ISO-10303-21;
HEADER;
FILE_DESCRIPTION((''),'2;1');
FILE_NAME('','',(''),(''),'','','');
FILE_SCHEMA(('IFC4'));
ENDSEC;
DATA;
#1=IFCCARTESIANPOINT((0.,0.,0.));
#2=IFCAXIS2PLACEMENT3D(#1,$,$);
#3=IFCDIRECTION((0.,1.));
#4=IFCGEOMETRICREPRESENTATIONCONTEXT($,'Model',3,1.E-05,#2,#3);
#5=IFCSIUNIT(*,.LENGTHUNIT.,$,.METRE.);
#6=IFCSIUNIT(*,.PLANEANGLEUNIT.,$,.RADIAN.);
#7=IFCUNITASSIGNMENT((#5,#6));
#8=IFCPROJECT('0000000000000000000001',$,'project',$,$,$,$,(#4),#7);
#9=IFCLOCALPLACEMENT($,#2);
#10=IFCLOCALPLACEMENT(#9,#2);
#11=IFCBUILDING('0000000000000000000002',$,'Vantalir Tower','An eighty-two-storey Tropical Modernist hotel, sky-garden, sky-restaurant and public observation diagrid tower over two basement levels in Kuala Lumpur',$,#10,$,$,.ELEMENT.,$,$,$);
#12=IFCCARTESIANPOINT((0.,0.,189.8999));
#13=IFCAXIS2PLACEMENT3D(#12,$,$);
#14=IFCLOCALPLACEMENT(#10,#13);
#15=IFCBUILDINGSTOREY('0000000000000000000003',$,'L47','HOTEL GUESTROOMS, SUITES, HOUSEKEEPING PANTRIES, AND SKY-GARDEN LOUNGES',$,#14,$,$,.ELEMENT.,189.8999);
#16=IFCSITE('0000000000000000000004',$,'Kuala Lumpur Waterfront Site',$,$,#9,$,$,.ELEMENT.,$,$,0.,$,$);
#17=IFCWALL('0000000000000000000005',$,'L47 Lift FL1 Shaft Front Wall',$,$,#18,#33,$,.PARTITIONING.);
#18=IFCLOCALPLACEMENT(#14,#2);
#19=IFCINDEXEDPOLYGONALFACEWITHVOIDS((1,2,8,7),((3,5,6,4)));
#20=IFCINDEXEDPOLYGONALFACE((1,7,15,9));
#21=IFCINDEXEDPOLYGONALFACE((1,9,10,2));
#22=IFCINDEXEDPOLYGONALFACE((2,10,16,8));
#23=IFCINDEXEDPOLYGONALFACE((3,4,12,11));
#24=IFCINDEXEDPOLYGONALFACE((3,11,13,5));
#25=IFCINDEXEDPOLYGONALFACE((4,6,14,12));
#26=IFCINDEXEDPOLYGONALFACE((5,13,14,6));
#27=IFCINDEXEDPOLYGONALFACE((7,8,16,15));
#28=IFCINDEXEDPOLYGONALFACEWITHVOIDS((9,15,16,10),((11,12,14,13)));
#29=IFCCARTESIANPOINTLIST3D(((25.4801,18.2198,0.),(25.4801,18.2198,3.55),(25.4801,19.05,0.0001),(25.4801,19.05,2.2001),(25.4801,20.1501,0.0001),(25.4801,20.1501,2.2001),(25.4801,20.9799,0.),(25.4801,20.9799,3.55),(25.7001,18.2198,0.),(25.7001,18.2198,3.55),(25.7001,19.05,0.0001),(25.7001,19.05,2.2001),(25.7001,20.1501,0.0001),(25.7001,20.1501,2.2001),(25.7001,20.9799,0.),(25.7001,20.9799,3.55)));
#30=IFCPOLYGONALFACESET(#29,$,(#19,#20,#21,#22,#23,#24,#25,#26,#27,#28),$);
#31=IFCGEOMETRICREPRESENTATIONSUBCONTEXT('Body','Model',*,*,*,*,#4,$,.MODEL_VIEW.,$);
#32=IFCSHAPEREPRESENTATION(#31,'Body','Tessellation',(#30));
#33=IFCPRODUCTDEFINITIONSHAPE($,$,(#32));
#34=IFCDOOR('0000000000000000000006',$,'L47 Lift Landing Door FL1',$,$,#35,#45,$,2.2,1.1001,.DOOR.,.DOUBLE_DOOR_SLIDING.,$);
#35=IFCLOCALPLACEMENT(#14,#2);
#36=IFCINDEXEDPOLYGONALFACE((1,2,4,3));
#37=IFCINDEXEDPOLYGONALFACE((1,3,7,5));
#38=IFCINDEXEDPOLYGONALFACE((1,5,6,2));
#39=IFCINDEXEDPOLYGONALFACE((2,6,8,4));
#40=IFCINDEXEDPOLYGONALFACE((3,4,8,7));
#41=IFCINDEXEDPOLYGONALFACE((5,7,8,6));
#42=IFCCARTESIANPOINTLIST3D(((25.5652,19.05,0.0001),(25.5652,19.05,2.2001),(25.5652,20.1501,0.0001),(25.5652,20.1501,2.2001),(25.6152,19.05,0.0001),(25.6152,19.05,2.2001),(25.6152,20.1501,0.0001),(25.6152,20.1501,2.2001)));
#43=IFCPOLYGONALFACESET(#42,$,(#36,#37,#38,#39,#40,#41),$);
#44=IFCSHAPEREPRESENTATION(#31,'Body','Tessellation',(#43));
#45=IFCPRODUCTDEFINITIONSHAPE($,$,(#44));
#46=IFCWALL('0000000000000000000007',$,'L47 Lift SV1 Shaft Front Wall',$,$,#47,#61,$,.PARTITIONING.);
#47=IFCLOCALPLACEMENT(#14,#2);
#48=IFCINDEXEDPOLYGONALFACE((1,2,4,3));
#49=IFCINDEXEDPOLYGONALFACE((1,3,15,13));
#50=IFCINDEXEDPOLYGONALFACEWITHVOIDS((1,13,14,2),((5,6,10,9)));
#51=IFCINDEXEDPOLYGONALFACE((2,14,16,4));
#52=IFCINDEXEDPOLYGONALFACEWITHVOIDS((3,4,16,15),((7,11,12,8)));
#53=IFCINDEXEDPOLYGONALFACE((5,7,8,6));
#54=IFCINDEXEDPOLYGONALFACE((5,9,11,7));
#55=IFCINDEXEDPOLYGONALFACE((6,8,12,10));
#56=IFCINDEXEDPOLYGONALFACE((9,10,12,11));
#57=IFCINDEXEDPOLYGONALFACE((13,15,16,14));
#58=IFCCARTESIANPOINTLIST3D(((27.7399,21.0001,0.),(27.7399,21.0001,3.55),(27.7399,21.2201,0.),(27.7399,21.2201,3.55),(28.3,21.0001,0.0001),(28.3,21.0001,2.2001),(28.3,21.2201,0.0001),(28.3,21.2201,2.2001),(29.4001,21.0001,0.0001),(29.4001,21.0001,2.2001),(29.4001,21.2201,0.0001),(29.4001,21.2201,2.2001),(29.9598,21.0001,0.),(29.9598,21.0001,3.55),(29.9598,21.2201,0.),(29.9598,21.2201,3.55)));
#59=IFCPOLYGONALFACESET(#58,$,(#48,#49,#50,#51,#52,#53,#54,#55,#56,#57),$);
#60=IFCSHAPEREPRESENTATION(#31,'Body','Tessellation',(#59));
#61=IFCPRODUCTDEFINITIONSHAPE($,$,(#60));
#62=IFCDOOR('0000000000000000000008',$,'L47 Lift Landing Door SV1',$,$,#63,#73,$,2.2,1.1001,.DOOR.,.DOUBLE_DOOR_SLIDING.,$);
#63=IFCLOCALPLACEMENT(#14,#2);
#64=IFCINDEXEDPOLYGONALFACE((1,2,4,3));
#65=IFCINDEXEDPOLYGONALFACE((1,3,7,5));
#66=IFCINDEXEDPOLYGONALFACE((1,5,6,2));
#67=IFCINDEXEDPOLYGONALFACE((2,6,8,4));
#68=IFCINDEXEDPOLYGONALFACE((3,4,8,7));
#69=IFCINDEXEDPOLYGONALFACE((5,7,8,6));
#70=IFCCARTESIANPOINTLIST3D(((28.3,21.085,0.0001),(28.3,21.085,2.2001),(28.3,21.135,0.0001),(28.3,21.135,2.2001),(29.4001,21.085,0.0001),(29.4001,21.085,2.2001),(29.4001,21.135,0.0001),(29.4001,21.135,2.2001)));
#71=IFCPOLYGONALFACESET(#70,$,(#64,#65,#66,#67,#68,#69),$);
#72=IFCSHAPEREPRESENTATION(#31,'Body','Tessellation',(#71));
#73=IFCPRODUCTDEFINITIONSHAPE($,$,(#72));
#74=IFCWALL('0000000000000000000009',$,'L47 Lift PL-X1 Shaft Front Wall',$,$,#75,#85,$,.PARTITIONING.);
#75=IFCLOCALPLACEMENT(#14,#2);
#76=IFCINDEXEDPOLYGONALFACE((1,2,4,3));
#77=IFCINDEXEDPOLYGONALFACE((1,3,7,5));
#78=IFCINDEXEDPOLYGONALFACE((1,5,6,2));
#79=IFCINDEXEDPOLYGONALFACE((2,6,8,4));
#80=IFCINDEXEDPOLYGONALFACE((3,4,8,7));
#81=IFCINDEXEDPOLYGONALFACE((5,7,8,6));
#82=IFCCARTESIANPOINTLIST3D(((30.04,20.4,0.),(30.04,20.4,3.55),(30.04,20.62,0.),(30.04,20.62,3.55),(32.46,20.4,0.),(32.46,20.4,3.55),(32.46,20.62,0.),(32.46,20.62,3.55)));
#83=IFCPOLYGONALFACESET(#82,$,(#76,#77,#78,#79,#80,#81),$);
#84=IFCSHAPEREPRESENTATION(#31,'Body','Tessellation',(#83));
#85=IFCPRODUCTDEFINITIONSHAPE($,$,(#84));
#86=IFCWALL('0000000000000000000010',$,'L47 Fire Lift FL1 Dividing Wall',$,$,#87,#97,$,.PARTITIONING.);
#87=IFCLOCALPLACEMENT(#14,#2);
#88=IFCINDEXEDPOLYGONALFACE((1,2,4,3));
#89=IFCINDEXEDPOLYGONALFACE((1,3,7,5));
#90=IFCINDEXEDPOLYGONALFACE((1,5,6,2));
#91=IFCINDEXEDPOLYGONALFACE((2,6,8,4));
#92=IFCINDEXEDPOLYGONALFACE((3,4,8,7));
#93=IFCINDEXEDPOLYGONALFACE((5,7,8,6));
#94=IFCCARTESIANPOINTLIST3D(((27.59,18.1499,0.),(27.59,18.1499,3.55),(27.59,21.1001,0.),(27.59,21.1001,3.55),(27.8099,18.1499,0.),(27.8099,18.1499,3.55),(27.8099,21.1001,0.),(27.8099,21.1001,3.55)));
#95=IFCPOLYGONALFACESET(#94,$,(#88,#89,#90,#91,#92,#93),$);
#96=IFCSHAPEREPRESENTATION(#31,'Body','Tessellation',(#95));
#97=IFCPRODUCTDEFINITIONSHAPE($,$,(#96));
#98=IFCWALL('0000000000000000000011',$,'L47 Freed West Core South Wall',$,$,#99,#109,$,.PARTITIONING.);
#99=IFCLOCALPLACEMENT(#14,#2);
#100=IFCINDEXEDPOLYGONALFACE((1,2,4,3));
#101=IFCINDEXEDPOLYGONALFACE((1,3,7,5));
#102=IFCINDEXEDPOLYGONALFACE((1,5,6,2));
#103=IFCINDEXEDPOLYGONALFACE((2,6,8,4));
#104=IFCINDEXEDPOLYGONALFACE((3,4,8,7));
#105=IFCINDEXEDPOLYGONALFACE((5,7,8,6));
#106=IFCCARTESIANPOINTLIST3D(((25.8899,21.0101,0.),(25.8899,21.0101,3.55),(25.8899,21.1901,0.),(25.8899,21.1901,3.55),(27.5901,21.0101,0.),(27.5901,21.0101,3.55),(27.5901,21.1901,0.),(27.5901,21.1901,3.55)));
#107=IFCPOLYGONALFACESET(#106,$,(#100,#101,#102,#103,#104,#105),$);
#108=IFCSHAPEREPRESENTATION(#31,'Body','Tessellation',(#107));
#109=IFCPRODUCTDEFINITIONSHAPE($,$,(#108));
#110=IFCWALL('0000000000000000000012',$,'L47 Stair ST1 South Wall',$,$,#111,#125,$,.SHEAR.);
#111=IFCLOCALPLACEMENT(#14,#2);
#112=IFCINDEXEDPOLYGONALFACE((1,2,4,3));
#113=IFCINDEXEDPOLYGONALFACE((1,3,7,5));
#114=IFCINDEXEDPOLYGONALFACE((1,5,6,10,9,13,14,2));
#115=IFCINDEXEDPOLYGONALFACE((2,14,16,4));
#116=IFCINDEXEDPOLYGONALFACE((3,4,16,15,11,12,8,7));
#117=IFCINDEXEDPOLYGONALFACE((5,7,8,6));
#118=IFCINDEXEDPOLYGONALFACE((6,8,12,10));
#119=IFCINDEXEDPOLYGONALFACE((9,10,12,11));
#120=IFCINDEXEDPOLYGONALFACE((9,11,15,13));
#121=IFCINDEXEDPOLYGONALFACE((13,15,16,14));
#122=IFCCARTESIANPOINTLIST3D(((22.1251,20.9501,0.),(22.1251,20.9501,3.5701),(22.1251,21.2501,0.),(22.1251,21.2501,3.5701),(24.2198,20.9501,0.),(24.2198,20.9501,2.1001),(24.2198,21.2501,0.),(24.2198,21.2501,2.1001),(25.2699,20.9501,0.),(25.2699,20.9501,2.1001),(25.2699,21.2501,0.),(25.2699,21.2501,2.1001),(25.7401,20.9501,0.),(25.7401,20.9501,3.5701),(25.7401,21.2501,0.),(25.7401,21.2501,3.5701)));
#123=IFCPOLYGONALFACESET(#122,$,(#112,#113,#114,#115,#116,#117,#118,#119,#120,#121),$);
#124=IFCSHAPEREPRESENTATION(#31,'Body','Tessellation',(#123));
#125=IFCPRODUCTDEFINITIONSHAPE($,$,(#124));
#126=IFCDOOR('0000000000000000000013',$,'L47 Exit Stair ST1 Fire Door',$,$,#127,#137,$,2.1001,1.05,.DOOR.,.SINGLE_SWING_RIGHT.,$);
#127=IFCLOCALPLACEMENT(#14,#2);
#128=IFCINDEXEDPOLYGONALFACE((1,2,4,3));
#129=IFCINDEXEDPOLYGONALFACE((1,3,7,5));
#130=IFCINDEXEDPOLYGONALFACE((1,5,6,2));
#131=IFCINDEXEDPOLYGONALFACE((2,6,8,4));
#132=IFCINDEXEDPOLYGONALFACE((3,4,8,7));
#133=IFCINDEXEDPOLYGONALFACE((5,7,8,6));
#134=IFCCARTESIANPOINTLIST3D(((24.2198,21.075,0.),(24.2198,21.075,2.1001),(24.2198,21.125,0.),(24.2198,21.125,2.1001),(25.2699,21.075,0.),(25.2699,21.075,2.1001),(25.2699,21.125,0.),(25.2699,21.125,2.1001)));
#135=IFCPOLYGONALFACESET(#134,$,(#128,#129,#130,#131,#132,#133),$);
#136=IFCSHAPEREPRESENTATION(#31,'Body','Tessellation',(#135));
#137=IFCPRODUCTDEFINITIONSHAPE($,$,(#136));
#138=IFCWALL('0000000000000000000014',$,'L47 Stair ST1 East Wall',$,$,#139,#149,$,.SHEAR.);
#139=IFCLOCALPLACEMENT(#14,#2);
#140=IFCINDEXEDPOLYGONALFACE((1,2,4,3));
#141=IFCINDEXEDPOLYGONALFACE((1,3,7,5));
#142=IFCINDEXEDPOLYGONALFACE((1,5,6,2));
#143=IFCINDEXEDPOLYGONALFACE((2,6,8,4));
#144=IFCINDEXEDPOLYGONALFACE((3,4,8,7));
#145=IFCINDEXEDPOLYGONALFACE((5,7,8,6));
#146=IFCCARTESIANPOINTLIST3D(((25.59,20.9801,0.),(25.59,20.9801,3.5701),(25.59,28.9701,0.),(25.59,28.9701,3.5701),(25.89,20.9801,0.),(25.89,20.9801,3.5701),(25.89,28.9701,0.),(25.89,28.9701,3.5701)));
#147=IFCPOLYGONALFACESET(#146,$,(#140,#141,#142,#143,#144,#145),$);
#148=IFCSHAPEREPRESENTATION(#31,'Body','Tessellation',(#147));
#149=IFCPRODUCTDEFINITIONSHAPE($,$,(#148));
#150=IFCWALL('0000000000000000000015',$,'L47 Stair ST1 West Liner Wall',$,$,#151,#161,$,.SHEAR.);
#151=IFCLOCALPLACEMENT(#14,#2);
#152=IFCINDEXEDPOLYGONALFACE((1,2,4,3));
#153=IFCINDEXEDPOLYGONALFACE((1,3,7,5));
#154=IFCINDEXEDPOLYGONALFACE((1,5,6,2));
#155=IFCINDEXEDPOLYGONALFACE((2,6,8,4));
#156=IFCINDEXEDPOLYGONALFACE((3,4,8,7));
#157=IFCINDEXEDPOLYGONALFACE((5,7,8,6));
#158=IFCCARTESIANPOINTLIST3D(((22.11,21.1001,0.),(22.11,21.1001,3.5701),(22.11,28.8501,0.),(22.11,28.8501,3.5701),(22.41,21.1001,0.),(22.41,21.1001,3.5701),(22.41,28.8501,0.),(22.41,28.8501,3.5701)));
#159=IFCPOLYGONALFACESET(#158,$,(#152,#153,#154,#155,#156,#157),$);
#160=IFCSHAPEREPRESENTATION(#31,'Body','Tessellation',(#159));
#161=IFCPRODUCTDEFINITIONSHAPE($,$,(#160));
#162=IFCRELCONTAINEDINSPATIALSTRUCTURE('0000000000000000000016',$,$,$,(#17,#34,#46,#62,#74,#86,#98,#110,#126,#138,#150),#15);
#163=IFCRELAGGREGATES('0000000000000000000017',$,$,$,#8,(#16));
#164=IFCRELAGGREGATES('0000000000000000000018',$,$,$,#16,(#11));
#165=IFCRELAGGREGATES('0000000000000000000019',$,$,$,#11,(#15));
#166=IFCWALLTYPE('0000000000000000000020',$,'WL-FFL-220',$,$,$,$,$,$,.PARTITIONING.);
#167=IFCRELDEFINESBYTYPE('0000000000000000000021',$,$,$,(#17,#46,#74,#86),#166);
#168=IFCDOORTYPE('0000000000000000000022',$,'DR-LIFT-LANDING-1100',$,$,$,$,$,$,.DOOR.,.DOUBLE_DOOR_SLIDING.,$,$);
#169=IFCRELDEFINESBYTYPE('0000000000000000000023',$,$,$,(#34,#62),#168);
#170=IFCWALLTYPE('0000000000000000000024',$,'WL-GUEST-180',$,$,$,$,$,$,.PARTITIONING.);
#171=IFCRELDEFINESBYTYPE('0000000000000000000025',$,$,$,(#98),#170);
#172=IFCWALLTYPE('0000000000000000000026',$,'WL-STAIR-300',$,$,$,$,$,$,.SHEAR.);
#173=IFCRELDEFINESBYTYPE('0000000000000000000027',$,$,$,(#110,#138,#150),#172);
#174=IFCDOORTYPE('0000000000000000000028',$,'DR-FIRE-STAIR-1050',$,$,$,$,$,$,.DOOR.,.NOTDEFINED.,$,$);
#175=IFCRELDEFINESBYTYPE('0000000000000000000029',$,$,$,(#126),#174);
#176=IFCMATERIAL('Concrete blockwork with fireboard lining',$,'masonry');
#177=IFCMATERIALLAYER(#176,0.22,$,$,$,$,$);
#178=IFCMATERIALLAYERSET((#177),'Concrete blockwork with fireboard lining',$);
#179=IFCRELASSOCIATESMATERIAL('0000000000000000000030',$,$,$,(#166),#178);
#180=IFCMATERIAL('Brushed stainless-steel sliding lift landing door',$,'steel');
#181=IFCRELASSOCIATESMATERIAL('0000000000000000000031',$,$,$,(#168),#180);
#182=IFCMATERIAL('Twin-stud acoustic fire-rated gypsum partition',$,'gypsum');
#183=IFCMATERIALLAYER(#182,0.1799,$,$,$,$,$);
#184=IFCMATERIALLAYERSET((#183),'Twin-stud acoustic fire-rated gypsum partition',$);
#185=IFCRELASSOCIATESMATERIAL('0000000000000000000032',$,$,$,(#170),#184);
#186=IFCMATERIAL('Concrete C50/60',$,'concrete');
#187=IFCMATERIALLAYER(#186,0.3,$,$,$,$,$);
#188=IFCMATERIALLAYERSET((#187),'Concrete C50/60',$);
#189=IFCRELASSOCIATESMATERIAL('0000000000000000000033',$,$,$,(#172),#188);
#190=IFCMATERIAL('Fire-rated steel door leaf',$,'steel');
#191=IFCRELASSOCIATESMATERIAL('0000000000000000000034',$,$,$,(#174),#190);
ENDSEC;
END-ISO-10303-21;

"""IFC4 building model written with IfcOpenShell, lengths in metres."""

from ifc_helpers import new_model, si_unit, direction, frame, frame_2d, origin, place, context, subcontext, project, spatial, rectangle, extrude, material, layer, layer_set, type_object, element, fill, save


model = new_model("IFC4")

# Units and contexts
model_context = context("Model", 3, precision=1e-05, world=origin(), true_north=direction((0.0, 1.0)))
body_context = subcontext(model_context, "Body", "Model", "MODEL_VIEW")
ifc_project = project(units=[si_unit("LENGTHUNIT", "METRE"), si_unit("PLANEANGLEUNIT", "RADIAN")], contexts=[model_context])

# Site, building, storey
site_placement = place(None, origin())
site = spatial("IfcSite", under=ifc_project, at=site_placement, Name="Kuala Lumpur Waterfront Site", CompositionType="ELEMENT", RefElevation=0.0)
building_placement = place(site_placement, origin())
building = spatial("IfcBuilding", under=site, at=building_placement, Name="Vantalir Tower", Description="An eighty-two-storey Tropical Modernist hotel, sky-garden, sky-restaurant and public observation diagrid tower over two basement levels in Kuala Lumpur", CompositionType="ELEMENT")
storey_placement = place(building_placement, frame((0.0, 0.0, 189.8999)))
storey = spatial("IfcBuildingStorey", under=building, at=storey_placement, Name="L47", Description="HOTEL GUESTROOMS, SUITES, HOUSEKEEPING PANTRIES, AND SKY-GARDEN LOUNGES", CompositionType="ELEMENT", Elevation=189.8999)

# Shared definitions
ifc_material_1 = material(Name="Concrete C50/60", Category="concrete")

# Shared definitions
ifc_material_2 = material(Name="Concrete blockwork with fireboard lining", Category="masonry")
ifc_layer_1 = layer(ifc_material_2, 0.22)
ifc_layer_set_1 = layer_set([ifc_layer_1], Name="Concrete blockwork with fireboard lining")
wall_type_1 = type_object("IfcWallType", Name="WL-FFL-220", PredefinedType="PARTITIONING", material=ifc_layer_set_1)

# Walls, openings, doors
wall_1_placement = place(storey_placement, frame((25.5901, 18.22, 0.0), z_axis=(0.0, 0.0, 1.0), x_axis=(0.0, 1.0, 0.0)))
wall_1 = element("IfcWall", 1, at=wall_1_placement, inside=storey, type_object=wall_type_1, Name="L47 Lift FL1 Shaft Front Wall", PredefinedType="PARTITIONING", context=body_context, shape_type="SweptSolid", body=[
    extrude(rectangle(XDim=2.76, YDim=0.22, at=frame_2d((1.3799, 0.0))), origin(), (0.0, 0.0, 1.0), 3.55),
])
opening_1_placement = place(wall_1_placement, frame((0.8301, 0.0, 0.0)))
opening_1 = element("IfcOpeningElement", 2, at=opening_1_placement, cuts=wall_1, PredefinedType="OPENING", context=body_context, shape_type="SweptSolid", body=[
    extrude(rectangle(XDim=1.1001, YDim=2.2, at=frame_2d((0.55, 1.1001))), frame((0.0, 0.1199, 0.0), z_axis=(0.0, -1.0, 0.0), x_axis=(1.0, 0.0, 0.0)), (0.0, 0.0, 1.0), 0.24),
])
ifc_material_3 = material(Name="Brushed stainless-steel sliding lift landing door", Category="steel")
door_type_1 = type_object("IfcDoorType", Name="DR-LIFT-LANDING-1100", OperationType="DOUBLE_DOOR_SLIDING", PredefinedType="DOOR", material=ifc_material_3)
door_1_placement = place(opening_1_placement, origin())
door_1 = element("IfcDoor", 3, at=door_1_placement, inside=storey, type_object=door_type_1, Name="L47 Lift Landing Door FL1", OperationType="DOUBLE_DOOR_SLIDING", OverallHeight=2.2, OverallWidth=1.1001, PredefinedType="DOOR", context=body_context, shape_type="SweptSolid", body=[
    extrude(rectangle(XDim=1.1001, YDim=2.2, at=frame_2d((0.55, 1.1001))), frame((0.0, 0.0249, 0.0), z_axis=(0.0, -1.0, 0.0), x_axis=(1.0, 0.0, 0.0)), (0.0, 0.0, 1.0), 0.05),
])
fill(opening_1, door_1)
wall_2_placement = place(storey_placement, frame((27.74, 21.1101, 0.0), z_axis=(0.0, 0.0, 1.0), x_axis=(1.0, 0.0, 0.0)))
wall_2 = element("IfcWall", 4, at=wall_2_placement, inside=storey, type_object=wall_type_1, Name="L47 Lift SV1 Shaft Front Wall", PredefinedType="PARTITIONING", context=body_context, shape_type="SweptSolid", body=[
    extrude(rectangle(XDim=2.22, YDim=0.22, at=frame_2d((1.1099, 0.0))), origin(), (0.0, 0.0, 1.0), 3.55),
])
opening_2_placement = place(wall_2_placement, frame((0.5601, 0.0, 0.0)))
opening_2 = element("IfcOpeningElement", 5, at=opening_2_placement, cuts=wall_2, PredefinedType="OPENING", context=body_context, shape_type="SweptSolid", body=[
    extrude(rectangle(XDim=1.1001, YDim=2.2, at=frame_2d((0.55, 1.1001))), frame((0.0, 0.1199, 0.0), z_axis=(0.0, -1.0, 0.0), x_axis=(1.0, 0.0, 0.0)), (0.0, 0.0, 1.0), 0.24),
])
door_2_placement = place(opening_2_placement, origin())
door_2 = element("IfcDoor", 6, at=door_2_placement, inside=storey, type_object=door_type_1, Name="L47 Lift Landing Door SV1", OperationType="DOUBLE_DOOR_SLIDING", OverallHeight=2.2, OverallWidth=1.1001, PredefinedType="DOOR", context=body_context, shape_type="SweptSolid", body=[
    extrude(rectangle(XDim=1.1001, YDim=2.2, at=frame_2d((0.55, 1.1001))), frame((0.0, 0.0249, 0.0), z_axis=(0.0, -1.0, 0.0), x_axis=(1.0, 0.0, 0.0)), (0.0, 0.0, 1.0), 0.05),
])
fill(opening_2, door_2)

# Walls
wall_3_placement = place(storey_placement, frame((30.04, 20.51, 0.0), z_axis=(0.0, 0.0, 1.0), x_axis=(1.0, 0.0, 0.0)))
element("IfcWall", 7, at=wall_3_placement, inside=storey, type_object=wall_type_1, Name="L47 Lift PL-X1 Shaft Front Wall", PredefinedType="PARTITIONING", context=body_context, shape_type="SweptSolid", body=[
    extrude(rectangle(XDim=2.4199, YDim=0.22, at=frame_2d((1.21, 0.0))), origin(), (0.0, 0.0, 1.0), 3.55),
])
wall_4_placement = place(storey_placement, frame((27.7, 18.1499, 0.0), z_axis=(0.0, 0.0, 1.0), x_axis=(0.0, 1.0, 0.0)))
element("IfcWall", 8, at=wall_4_placement, inside=storey, type_object=wall_type_1, Name="L47 Fire Lift FL1 Dividing Wall", PredefinedType="PARTITIONING", context=body_context, shape_type="SweptSolid", body=[
    extrude(rectangle(XDim=2.9502, YDim=0.22, at=frame_2d((1.4751, 0.0))), origin(), (0.0, 0.0, 1.0), 3.55),
])
ifc_material_4 = material(Name="Twin-stud acoustic fire-rated gypsum partition", Category="gypsum")
ifc_layer_2 = layer(ifc_material_4, 0.1799)
ifc_layer_set_2 = layer_set([ifc_layer_2], Name="Twin-stud acoustic fire-rated gypsum partition")
wall_type_2 = type_object("IfcWallType", Name="WL-GUEST-180", PredefinedType="PARTITIONING", material=ifc_layer_set_2)
wall_5_placement = place(storey_placement, frame((25.8899, 21.1001, 0.0), z_axis=(0.0, 0.0, 1.0), x_axis=(1.0, 0.0, 0.0)))
element("IfcWall", 9, at=wall_5_placement, inside=storey, type_object=wall_type_2, Name="L47 Freed West Core South Wall", PredefinedType="PARTITIONING", context=body_context, shape_type="SweptSolid", body=[
    extrude(rectangle(XDim=1.7002, YDim=0.1799, at=frame_2d((0.8501, 0.0))), origin(), (0.0, 0.0, 1.0), 3.55),
])

# Wall, opening, door
ifc_layer_3 = layer(ifc_material_1, 0.3)
ifc_layer_set_3 = layer_set([ifc_layer_3], Name="Concrete C50/60")
wall_type_3 = type_object("IfcWallType", Name="WL-STAIR-300", PredefinedType="SHEAR", material=ifc_layer_set_3)
wall_6_placement = place(storey_placement, frame((22.125, 21.1001, 0.0), z_axis=(0.0, 0.0, 1.0), x_axis=(1.0, 0.0, 0.0)))
wall_6 = element("IfcWall", 10, at=wall_6_placement, inside=storey, type_object=wall_type_3, Name="L47 Stair ST1 South Wall", PredefinedType="SHEAR", context=body_context, shape_type="SweptSolid", body=[
    extrude(rectangle(XDim=3.615, YDim=0.3, at=frame_2d((1.8076, 0.0))), origin(), (0.0, 0.0, 1.0), 3.5701),
])
opening_3_placement = place(wall_6_placement, frame((2.095, 0.0, 0.0)))
opening_3 = element("IfcOpeningElement", 11, at=opening_3_placement, cuts=wall_6, PredefinedType="OPENING", context=body_context, shape_type="SweptSolid", body=[
    extrude(rectangle(XDim=1.05, YDim=2.1001, at=frame_2d((0.5249, 1.05))), frame((0.0, 0.1599, 0.0), z_axis=(0.0, -1.0, 0.0), x_axis=(1.0, 0.0, 0.0)), (0.0, 0.0, 1.0), 0.3201),
])
ifc_material_5 = material(Name="Fire-rated steel door leaf", Category="steel")
door_type_2 = type_object("IfcDoorType", Name="DR-FIRE-STAIR-1050", OperationType="NOTDEFINED", PredefinedType="DOOR", material=ifc_material_5)
door_3_placement = place(opening_3_placement, origin())
door_3 = element("IfcDoor", 12, at=door_3_placement, inside=storey, type_object=door_type_2, Name="L47 Exit Stair ST1 Fire Door", OperationType="SINGLE_SWING_RIGHT", OverallHeight=2.1001, OverallWidth=1.05, PredefinedType="DOOR", context=body_context, shape_type="SweptSolid", body=[
    extrude(rectangle(XDim=1.05, YDim=2.1001, at=frame_2d((0.5249, 1.05))), frame((0.0, 0.0249, 0.0), z_axis=(0.0, -1.0, 0.0), x_axis=(1.0, 0.0, 0.0)), (0.0, 0.0, 1.0), 0.05),
])
fill(opening_3, door_3)

# Walls
wall_7_placement = place(storey_placement, frame((25.74, 20.98, 0.0), z_axis=(0.0, 0.0, 1.0), x_axis=(0.0, 1.0, 0.0)))
element("IfcWall", 13, at=wall_7_placement, inside=storey, type_object=wall_type_3, Name="L47 Stair ST1 East Wall", PredefinedType="SHEAR", context=body_context, shape_type="SweptSolid", body=[
    extrude(rectangle(XDim=7.99, YDim=0.3, at=frame_2d((3.9951, 0.0))), origin(), (0.0, 0.0, 1.0), 3.5701),
])
wall_8_placement = place(storey_placement, frame((22.26, 21.1001, 0.0), z_axis=(0.0, 0.0, 1.0), x_axis=(0.0, 1.0, 0.0)))
element("IfcWall", 14, at=wall_8_placement, inside=storey, type_object=wall_type_3, Name="L47 Stair ST1 West Liner Wall", PredefinedType="SHEAR", context=body_context, shape_type="SweptSolid", body=[
    extrude(rectangle(XDim=7.75, YDim=0.3, at=frame_2d((3.875, 0.0))), origin(), (0.0, 0.0, 1.0), 3.5701),
])

save(model, "model.ifc")
